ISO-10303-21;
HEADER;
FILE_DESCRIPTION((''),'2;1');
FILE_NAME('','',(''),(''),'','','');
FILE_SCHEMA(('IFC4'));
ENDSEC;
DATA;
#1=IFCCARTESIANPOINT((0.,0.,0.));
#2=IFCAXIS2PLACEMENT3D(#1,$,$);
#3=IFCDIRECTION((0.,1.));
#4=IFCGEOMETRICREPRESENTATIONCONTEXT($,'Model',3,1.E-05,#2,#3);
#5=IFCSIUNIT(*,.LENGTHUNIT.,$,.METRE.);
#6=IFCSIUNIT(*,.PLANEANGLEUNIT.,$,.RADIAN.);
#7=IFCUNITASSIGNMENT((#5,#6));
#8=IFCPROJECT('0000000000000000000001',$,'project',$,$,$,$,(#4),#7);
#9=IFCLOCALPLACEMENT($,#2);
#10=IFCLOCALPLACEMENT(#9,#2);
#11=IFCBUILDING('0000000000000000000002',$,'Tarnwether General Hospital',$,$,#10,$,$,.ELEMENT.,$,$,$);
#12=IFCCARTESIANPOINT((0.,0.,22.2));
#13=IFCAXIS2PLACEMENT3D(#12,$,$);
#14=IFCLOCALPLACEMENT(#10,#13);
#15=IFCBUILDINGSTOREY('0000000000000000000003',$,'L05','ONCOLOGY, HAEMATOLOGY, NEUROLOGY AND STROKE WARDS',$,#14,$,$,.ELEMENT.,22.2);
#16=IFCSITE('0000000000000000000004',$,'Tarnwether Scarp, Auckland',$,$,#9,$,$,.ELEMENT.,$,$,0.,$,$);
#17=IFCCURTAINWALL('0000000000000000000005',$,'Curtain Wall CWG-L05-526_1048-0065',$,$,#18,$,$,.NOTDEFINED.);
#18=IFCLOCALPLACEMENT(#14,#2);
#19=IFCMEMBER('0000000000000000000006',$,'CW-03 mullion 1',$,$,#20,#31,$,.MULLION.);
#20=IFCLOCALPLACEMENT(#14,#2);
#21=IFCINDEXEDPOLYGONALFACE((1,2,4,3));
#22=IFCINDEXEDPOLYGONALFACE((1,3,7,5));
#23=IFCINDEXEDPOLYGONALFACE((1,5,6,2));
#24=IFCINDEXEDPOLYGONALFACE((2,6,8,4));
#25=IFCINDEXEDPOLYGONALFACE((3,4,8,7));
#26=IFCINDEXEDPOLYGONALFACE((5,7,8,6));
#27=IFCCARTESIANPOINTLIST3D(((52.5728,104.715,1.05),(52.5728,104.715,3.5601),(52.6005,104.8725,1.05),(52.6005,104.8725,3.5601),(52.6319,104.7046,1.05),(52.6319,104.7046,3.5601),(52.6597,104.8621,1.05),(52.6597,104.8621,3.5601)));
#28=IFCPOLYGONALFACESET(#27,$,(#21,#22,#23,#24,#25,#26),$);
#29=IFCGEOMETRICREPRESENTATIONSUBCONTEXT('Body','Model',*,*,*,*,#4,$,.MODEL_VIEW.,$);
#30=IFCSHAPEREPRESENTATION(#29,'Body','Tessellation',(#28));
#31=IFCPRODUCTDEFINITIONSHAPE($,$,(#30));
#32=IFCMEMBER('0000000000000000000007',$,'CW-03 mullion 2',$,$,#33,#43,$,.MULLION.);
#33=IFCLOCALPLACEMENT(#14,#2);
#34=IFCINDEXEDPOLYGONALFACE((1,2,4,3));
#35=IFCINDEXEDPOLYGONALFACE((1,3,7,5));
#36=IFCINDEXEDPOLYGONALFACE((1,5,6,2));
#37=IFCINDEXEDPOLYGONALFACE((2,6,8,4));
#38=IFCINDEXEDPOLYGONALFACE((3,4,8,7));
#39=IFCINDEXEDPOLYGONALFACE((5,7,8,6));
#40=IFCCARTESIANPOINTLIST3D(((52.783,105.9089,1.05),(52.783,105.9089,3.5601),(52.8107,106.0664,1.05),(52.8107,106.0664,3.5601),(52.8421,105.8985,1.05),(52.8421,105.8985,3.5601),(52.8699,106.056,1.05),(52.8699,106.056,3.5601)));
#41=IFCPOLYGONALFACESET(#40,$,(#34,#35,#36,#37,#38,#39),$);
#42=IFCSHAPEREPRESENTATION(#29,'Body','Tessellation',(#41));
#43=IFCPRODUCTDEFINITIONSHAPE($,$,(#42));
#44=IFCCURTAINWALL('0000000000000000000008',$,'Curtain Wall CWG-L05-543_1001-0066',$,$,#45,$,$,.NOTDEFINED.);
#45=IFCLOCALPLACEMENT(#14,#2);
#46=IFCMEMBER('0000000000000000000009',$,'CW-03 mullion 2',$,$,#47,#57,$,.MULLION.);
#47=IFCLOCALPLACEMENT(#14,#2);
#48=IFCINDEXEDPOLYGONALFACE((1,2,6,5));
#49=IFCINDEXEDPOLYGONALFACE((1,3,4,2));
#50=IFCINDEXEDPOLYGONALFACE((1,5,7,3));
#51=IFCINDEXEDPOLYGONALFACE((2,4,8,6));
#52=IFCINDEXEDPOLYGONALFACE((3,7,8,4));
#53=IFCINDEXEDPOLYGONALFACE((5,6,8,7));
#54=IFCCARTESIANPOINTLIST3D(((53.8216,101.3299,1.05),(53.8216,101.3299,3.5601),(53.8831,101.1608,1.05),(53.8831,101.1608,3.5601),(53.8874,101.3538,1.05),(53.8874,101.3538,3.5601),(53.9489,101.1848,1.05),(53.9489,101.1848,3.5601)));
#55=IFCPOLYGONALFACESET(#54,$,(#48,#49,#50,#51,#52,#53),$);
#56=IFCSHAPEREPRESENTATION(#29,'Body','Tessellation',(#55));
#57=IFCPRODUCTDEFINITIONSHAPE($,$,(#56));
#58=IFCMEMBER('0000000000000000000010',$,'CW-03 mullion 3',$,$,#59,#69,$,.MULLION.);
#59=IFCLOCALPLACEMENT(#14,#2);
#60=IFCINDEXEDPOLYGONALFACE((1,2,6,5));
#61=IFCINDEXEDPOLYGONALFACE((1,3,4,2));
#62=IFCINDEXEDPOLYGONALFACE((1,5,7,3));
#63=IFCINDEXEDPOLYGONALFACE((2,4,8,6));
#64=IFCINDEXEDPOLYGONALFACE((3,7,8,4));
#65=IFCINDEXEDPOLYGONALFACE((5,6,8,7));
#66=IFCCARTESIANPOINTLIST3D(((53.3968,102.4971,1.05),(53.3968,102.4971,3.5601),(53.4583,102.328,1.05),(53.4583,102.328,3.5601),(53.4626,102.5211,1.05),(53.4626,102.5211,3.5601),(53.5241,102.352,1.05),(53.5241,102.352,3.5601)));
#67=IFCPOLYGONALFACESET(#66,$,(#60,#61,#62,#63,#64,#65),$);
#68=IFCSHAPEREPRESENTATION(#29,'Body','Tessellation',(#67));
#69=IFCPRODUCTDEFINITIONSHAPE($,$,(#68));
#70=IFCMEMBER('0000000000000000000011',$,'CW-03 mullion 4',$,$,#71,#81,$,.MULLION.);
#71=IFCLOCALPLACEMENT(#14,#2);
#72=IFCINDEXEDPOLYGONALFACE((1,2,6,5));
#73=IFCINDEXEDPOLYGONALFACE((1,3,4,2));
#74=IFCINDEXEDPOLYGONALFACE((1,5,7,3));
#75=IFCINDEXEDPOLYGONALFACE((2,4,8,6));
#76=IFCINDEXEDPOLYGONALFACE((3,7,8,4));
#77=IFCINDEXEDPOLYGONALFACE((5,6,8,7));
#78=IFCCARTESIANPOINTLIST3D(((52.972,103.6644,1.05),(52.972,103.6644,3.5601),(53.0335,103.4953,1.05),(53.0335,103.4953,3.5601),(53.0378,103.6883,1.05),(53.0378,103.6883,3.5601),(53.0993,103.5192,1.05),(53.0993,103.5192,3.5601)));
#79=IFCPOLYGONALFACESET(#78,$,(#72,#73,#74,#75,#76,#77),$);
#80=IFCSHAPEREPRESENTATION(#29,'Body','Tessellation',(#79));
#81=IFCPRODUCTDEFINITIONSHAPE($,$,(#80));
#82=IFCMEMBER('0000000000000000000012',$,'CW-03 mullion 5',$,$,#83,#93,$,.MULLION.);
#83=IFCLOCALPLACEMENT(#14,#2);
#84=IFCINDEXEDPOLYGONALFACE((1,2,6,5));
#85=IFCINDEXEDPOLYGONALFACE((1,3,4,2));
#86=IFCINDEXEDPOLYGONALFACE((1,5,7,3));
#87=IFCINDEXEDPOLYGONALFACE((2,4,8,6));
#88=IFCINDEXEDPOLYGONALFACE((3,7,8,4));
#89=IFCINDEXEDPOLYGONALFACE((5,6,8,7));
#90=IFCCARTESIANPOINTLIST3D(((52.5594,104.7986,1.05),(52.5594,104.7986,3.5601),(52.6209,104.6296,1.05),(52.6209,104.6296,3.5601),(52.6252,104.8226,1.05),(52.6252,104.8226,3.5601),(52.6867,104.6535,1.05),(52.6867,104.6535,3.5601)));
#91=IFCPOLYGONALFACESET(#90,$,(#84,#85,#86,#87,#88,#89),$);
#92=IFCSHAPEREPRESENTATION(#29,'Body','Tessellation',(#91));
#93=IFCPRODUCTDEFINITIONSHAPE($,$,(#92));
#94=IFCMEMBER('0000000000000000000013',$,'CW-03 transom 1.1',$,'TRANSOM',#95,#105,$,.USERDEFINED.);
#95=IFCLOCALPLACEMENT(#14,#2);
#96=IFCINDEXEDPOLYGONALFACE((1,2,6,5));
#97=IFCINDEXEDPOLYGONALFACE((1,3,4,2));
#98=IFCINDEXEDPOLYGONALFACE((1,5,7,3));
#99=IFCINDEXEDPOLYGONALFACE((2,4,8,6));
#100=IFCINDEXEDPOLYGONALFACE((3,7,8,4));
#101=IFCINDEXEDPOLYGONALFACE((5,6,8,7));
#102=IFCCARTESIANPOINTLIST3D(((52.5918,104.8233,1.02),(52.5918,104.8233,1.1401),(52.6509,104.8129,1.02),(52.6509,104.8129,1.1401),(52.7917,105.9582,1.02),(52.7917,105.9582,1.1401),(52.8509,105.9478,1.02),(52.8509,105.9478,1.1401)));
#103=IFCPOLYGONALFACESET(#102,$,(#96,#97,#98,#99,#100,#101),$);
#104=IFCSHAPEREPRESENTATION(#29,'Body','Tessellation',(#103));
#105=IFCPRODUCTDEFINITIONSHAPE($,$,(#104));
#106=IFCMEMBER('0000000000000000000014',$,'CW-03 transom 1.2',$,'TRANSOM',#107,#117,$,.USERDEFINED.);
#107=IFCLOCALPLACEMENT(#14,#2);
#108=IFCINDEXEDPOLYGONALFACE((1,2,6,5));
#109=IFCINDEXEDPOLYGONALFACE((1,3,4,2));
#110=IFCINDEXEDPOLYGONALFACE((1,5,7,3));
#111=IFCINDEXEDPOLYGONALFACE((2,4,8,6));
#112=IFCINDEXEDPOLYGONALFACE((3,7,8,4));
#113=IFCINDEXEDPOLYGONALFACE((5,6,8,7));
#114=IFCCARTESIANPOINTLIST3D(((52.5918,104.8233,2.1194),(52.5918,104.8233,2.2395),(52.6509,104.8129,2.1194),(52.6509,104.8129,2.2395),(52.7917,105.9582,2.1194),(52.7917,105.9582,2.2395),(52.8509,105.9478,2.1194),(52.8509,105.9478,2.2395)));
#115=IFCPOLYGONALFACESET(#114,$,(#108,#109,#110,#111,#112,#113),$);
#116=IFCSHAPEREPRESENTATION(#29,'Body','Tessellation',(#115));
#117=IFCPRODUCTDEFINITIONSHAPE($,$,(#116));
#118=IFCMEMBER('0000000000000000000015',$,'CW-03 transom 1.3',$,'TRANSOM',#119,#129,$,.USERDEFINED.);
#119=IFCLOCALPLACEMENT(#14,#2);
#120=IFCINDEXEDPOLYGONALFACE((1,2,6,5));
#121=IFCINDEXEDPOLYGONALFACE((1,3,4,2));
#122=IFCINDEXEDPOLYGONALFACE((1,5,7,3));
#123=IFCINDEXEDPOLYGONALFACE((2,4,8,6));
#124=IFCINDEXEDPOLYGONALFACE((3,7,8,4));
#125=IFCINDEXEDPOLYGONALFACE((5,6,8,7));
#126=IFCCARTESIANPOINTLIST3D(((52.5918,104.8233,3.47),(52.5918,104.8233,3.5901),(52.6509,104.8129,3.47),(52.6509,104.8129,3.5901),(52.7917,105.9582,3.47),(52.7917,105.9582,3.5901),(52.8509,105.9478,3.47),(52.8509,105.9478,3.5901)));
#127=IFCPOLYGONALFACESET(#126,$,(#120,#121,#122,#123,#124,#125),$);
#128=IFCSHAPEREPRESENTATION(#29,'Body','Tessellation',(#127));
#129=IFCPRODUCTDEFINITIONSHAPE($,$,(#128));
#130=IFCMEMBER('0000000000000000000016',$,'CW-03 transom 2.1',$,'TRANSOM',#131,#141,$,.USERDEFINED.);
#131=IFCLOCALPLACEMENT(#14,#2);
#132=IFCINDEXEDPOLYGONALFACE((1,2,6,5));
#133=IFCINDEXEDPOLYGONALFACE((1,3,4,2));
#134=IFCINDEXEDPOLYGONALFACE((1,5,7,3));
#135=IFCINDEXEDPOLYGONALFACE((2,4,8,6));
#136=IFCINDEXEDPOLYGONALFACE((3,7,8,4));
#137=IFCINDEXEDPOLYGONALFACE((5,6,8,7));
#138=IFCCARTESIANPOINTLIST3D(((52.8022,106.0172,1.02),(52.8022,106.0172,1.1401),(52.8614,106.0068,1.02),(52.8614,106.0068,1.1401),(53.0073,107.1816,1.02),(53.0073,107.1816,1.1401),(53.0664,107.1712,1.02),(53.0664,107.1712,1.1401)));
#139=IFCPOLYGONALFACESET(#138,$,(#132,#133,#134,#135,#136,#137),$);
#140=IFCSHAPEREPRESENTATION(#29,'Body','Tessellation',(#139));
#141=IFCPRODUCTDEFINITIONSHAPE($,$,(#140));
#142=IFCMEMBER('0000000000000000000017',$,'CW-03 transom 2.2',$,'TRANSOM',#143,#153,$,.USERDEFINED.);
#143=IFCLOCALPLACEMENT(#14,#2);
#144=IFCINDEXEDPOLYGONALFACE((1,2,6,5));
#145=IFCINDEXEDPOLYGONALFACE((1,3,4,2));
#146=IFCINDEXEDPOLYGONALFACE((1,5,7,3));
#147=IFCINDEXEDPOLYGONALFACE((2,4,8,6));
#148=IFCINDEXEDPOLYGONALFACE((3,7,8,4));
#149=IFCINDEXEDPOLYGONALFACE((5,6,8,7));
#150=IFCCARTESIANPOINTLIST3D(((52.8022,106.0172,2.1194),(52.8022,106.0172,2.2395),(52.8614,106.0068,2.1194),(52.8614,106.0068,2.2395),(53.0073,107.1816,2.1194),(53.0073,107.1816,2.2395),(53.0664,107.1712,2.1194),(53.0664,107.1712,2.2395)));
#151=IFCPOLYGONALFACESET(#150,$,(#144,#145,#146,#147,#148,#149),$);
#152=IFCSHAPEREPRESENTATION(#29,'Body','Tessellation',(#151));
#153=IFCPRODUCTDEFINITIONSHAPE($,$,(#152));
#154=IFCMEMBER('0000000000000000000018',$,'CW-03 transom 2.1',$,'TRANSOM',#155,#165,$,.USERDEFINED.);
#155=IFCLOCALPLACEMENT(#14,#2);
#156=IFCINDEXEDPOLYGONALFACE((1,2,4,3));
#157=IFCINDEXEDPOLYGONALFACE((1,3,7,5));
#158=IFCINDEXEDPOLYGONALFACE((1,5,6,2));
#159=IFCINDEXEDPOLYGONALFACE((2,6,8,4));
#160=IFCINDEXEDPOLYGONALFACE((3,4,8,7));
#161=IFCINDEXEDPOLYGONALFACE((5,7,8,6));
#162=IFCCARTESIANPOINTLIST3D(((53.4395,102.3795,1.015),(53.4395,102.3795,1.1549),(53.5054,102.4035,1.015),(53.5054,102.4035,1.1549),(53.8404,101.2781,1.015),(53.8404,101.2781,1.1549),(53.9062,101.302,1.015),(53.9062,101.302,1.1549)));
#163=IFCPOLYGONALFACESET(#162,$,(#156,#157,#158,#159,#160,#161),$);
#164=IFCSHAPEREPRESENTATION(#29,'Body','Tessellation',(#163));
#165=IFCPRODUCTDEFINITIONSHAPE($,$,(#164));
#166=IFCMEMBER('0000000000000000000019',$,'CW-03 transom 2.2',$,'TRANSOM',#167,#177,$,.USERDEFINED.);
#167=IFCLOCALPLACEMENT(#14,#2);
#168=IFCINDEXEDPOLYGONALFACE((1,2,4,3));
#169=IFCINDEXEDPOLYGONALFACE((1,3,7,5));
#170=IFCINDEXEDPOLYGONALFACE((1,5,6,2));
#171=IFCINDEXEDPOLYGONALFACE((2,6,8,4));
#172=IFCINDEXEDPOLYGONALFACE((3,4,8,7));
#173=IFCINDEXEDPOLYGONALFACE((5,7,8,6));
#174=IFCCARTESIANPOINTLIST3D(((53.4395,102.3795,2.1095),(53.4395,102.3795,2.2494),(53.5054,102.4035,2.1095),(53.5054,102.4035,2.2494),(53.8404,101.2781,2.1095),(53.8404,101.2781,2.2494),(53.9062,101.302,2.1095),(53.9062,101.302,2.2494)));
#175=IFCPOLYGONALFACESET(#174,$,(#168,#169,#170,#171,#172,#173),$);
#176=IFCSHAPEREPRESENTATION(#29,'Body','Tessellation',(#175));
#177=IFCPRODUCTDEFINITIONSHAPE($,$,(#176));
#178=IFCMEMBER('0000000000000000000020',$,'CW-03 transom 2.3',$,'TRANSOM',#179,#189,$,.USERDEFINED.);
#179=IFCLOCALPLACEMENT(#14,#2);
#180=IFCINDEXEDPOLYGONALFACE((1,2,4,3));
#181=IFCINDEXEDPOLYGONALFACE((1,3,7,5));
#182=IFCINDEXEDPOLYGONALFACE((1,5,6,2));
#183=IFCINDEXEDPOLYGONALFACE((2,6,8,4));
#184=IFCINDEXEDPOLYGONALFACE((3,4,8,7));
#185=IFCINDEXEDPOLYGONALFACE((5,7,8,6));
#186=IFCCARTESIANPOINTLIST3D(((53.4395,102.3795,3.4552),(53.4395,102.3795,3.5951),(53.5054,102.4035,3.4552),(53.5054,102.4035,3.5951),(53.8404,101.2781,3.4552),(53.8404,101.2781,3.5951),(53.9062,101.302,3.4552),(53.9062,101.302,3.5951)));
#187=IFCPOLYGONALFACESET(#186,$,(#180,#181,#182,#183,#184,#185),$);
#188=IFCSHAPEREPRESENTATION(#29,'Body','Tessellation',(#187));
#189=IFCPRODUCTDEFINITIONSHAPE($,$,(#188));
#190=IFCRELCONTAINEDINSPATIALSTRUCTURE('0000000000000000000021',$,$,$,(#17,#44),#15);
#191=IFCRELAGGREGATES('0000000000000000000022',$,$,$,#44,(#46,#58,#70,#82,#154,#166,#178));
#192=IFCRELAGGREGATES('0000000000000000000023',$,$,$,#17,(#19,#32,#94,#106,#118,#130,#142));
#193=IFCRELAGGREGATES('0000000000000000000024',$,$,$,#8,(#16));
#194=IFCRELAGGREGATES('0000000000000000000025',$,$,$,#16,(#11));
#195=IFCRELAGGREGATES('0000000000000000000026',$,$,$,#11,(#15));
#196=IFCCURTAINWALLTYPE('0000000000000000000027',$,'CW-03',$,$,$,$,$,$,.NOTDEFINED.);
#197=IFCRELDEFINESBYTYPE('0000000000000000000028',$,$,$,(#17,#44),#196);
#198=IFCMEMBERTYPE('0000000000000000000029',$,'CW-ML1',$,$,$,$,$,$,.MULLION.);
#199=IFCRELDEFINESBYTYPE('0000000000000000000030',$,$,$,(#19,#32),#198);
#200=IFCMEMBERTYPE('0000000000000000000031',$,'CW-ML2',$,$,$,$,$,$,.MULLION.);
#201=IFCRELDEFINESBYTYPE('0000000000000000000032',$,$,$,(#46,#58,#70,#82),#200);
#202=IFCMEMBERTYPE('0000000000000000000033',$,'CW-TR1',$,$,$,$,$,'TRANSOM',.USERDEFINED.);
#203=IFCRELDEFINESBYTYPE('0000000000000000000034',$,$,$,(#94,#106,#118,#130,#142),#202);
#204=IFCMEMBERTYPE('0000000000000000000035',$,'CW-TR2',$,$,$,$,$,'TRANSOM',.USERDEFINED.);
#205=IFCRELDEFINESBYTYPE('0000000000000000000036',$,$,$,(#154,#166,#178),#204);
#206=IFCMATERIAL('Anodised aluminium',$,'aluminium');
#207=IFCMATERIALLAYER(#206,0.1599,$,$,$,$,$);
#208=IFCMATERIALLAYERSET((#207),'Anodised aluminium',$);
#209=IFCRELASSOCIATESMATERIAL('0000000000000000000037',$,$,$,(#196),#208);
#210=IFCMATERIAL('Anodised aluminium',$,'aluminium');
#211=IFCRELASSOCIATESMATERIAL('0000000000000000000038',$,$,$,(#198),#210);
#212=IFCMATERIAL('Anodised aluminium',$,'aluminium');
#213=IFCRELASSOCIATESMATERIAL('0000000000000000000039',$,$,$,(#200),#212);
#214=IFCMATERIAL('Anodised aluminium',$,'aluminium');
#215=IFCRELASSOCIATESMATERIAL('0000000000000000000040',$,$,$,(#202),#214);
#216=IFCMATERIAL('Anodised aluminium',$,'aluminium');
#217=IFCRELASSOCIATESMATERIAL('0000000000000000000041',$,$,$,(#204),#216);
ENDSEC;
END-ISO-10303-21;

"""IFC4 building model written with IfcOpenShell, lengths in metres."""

from ifc_helpers import new_model, si_unit, direction, frame, origin, origin_2d, place, context, subcontext, project, spatial, rectangle, extrude, material, layer, layer_set, material_profile, profile_set, type_object, element, aggregate, save


model = new_model("IFC4")

# Units and contexts
model_context = context("Model", 3, precision=1e-05, world=origin(), true_north=direction((0.0, 1.0)))
body_context = subcontext(model_context, "Body", "Model", "MODEL_VIEW")
ifc_project = project(units=[si_unit("LENGTHUNIT", "METRE"), si_unit("PLANEANGLEUNIT", "RADIAN")], contexts=[model_context])

# Site, building, storey
site_placement = place(None, origin())
site = spatial("IfcSite", under=ifc_project, at=site_placement, Name="Tarnwether Scarp, Auckland", CompositionType="ELEMENT", RefElevation=0.0)
building_placement = place(site_placement, origin())
building = spatial("IfcBuilding", under=site, at=building_placement, Name="Tarnwether General Hospital", CompositionType="ELEMENT")
storey_placement = place(building_placement, frame((0.0, 0.0, 22.2)))
storey = spatial("IfcBuildingStorey", under=building, at=storey_placement, Name="L05", Description="ONCOLOGY, HAEMATOLOGY, NEUROLOGY AND STROKE WARDS", CompositionType="ELEMENT", Elevation=22.2)

# Curtain walls, members
ifc_material_1 = material(Name="Anodised aluminium", Category="aluminium")
ifc_layer_1 = layer(ifc_material_1, 0.1599)
ifc_layer_set_1 = layer_set([ifc_layer_1], Name="Anodised aluminium")
curtain_wall_type = type_object("IfcCurtainWallType", Name="CW-03", PredefinedType="NOTDEFINED", material=ifc_layer_set_1)
curtain_wall_1_placement = place(storey_placement, origin())
curtain_wall_1 = element("IfcCurtainWall", 1, at=curtain_wall_1_placement, inside=storey, type_object=curtain_wall_type, Name="Curtain Wall CWG-L05-526_1048-0065", PredefinedType="NOTDEFINED")
ifc_material_2 = material(Name="Anodised aluminium", Category="aluminium")
ifc_material_profile_1 = material_profile(ifc_material_2, rectangle(XDim=0.0601, YDim=0.1599, at=origin_2d()), Name="ALU-MUL-60x160")
ifc_profile_set_1 = profile_set([ifc_material_profile_1], Name="Anodised aluminium")
member_type_1 = type_object("IfcMemberType", Name="CW-ML1", PredefinedType="MULLION", material=ifc_profile_set_1)
member_1_placement = place(storey_placement, frame((52.6162, 104.7886, 1.05), z_axis=(0.0, 0.0, 1.0), x_axis=(-0.98484, 0.173464, 0.0)))
member_1 = element("IfcMember", 2, at=member_1_placement, type_object=member_type_1, Name="CW-03 mullion 1", PredefinedType="MULLION", context=body_context, shape_type="SweptSolid", body=[
    extrude(rectangle(XDim=0.0601, YDim=0.1599, at=origin_2d()), origin(), (0.0, 0.0, 1.0), 2.51),
])
member_2_placement = place(storey_placement, frame((52.8264, 105.9824, 1.05), z_axis=(0.0, 0.0, 1.0), x_axis=(-0.98484, 0.173464, 0.0)))
member_2 = element("IfcMember", 3, at=member_2_placement, type_object=member_type_1, Name="CW-03 mullion 2", PredefinedType="MULLION", context=body_context, shape_type="SweptSolid", body=[
    extrude(rectangle(XDim=0.0601, YDim=0.1599, at=origin_2d()), origin(), (0.0, 0.0, 1.0), 2.51),
])
curtain_wall_2_placement = place(storey_placement, origin())
curtain_wall_2 = element("IfcCurtainWall", 4, at=curtain_wall_2_placement, inside=storey, type_object=curtain_wall_type, Name="Curtain Wall CWG-L05-543_1001-0066", PredefinedType="NOTDEFINED")
ifc_material_3 = material(Name="Anodised aluminium", Category="aluminium")
ifc_material_profile_2 = material_profile(ifc_material_3, rectangle(XDim=0.0701, YDim=0.1799, at=origin_2d()), Name="ALU-MUL-70x180")
ifc_profile_set_2 = profile_set([ifc_material_profile_2], Name="Anodised aluminium")
member_type_2 = type_object("IfcMemberType", Name="CW-ML2", PredefinedType="MULLION", material=ifc_profile_set_2)
member_3_placement = place(storey_placement, frame((53.8853, 101.2573, 1.05), z_axis=(0.0, 0.0, 1.0), x_axis=(-0.939717, -0.341953, 0.0)))
member_3 = element("IfcMember", 5, at=member_3_placement, type_object=member_type_2, Name="CW-03 mullion 2", PredefinedType="MULLION", context=body_context, shape_type="SweptSolid", body=[
    extrude(rectangle(XDim=0.0701, YDim=0.1799, at=origin_2d()), origin(), (0.0, 0.0, 1.0), 2.51),
])
member_4_placement = place(storey_placement, frame((53.4604, 102.4246, 1.05), z_axis=(0.0, 0.0, 1.0), x_axis=(-0.939717, -0.341953, 0.0)))
member_4 = element("IfcMember", 6, at=member_4_placement, type_object=member_type_2, Name="CW-03 mullion 3", PredefinedType="MULLION", context=body_context, shape_type="SweptSolid", body=[
    extrude(rectangle(XDim=0.0701, YDim=0.1799, at=origin_2d()), origin(), (0.0, 0.0, 1.0), 2.51),
])
member_5_placement = place(storey_placement, frame((53.0356, 103.5918, 1.05), z_axis=(0.0, 0.0, 1.0), x_axis=(-0.939717, -0.341953, 0.0)))
member_5 = element("IfcMember", 7, at=member_5_placement, type_object=member_type_2, Name="CW-03 mullion 4", PredefinedType="MULLION", context=body_context, shape_type="SweptSolid", body=[
    extrude(rectangle(XDim=0.0701, YDim=0.1799, at=origin_2d()), origin(), (0.0, 0.0, 1.0), 2.51),
])
member_6_placement = place(storey_placement, frame((52.623, 104.7261, 1.05), z_axis=(0.0, 0.0, 1.0), x_axis=(-0.939717, -0.341953, 0.0)))
member_6 = element("IfcMember", 8, at=member_6_placement, type_object=member_type_2, Name="CW-03 mullion 5", PredefinedType="MULLION", context=body_context, shape_type="SweptSolid", body=[
    extrude(rectangle(XDim=0.0701, YDim=0.1799, at=origin_2d()), origin(), (0.0, 0.0, 1.0), 2.51),
])

# Members
ifc_material_4 = material(Name="Anodised aluminium", Category="aluminium")
ifc_material_profile_3 = material_profile(ifc_material_4, rectangle(XDim=0.0601, YDim=0.1201, at=origin_2d()), Name="ALU-TRN-60x120")
ifc_profile_set_3 = profile_set([ifc_material_profile_3], Name="Anodised aluminium")
member_type_3 = type_object("IfcMemberType", Name="CW-TR1", ElementType="TRANSOM", PredefinedType="USERDEFINED", material=ifc_profile_set_3)
member_7_placement = place(storey_placement, frame((52.6213, 104.8181, 1.0801), z_axis=(0.173531, 0.984828, 0.0), x_axis=(-0.984828, 0.173531, 0.0)))
member_7 = element("IfcMember", 9, at=member_7_placement, type_object=member_type_3, Name="CW-03 transom 1.1", ObjectType="TRANSOM", PredefinedType="USERDEFINED", context=body_context, shape_type="SweptSolid", body=[
    extrude(rectangle(XDim=0.0601, YDim=0.1201, at=origin_2d()), origin(), (0.0, 0.0, 1.0), 1.1523),
])
member_8_placement = place(storey_placement, frame((52.6213, 104.8181, 2.1794), z_axis=(0.173531, 0.984828, 0.0), x_axis=(-0.984828, 0.173531, 0.0)))
member_8 = element("IfcMember", 10, at=member_8_placement, type_object=member_type_3, Name="CW-03 transom 1.2", ObjectType="TRANSOM", PredefinedType="USERDEFINED", context=body_context, shape_type="SweptSolid", body=[
    extrude(rectangle(XDim=0.0601, YDim=0.1201, at=origin_2d()), origin(), (0.0, 0.0, 1.0), 1.1523),
])
member_9_placement = place(storey_placement, frame((52.6213, 104.8181, 3.53), z_axis=(0.173531, 0.984828, 0.0), x_axis=(-0.984828, 0.173531, 0.0)))
member_9 = element("IfcMember", 11, at=member_9_placement, type_object=member_type_3, Name="CW-03 transom 1.3", ObjectType="TRANSOM", PredefinedType="USERDEFINED", context=body_context, shape_type="SweptSolid", body=[
    extrude(rectangle(XDim=0.0601, YDim=0.1201, at=origin_2d()), origin(), (0.0, 0.0, 1.0), 1.1523),
])
member_10_placement = place(storey_placement, frame((52.8318, 106.012, 1.0801), z_axis=(0.173432, 0.984846, 0.0), x_axis=(-0.984846, 0.173432, 0.0)))
member_10 = element("IfcMember", 12, at=member_10_placement, type_object=member_type_3, Name="CW-03 transom 2.1", ObjectType="TRANSOM", PredefinedType="USERDEFINED", context=body_context, shape_type="SweptSolid", body=[
    extrude(rectangle(XDim=0.0601, YDim=0.1201, at=origin_2d()), origin(), (0.0, 0.0, 1.0), 1.1824),
])
member_11_placement = place(storey_placement, frame((52.8318, 106.012, 2.1794), z_axis=(0.173432, 0.984846, 0.0), x_axis=(-0.984846, 0.173432, 0.0)))
member_11 = element("IfcMember", 13, at=member_11_placement, type_object=member_type_3, Name="CW-03 transom 2.2", ObjectType="TRANSOM", PredefinedType="USERDEFINED", context=body_context, shape_type="SweptSolid", body=[
    extrude(rectangle(XDim=0.0601, YDim=0.1201, at=origin_2d()), origin(), (0.0, 0.0, 1.0), 1.1824),
])
ifc_material_5 = material(Name="Anodised aluminium", Category="aluminium")
ifc_material_profile_4 = material_profile(ifc_material_5, rectangle(XDim=0.0701, YDim=0.1399, at=origin_2d()), Name="ALU-TRN-70x140")
ifc_profile_set_4 = profile_set([ifc_material_profile_4], Name="Anodised aluminium")
member_type_4 = type_object("IfcMemberType", Name="CW-TR2", ElementType="TRANSOM", PredefinedType="USERDEFINED", material=ifc_profile_set_4)
member_12_placement = place(storey_placement, frame((53.8733, 101.29, 1.085), z_axis=(-0.341977, 0.939708, 0.0), x_axis=(-0.939708, -0.341977, 0.0)))
member_12 = element("IfcMember", 14, at=member_12_placement, type_object=member_type_4, Name="CW-03 transom 2.1", ObjectType="TRANSOM", PredefinedType="USERDEFINED", context=body_context, shape_type="SweptSolid", body=[
    extrude(rectangle(XDim=0.0701, YDim=0.1399, at=origin_2d()), origin(), (0.0, 0.0, 1.0), 1.1721),
])
member_13_placement = place(storey_placement, frame((53.8733, 101.29, 2.1794), z_axis=(-0.341977, 0.939708, 0.0), x_axis=(-0.939708, -0.341977, 0.0)))
member_13 = element("IfcMember", 15, at=member_13_placement, type_object=member_type_4, Name="CW-03 transom 2.2", ObjectType="TRANSOM", PredefinedType="USERDEFINED", context=body_context, shape_type="SweptSolid", body=[
    extrude(rectangle(XDim=0.0701, YDim=0.1399, at=origin_2d()), origin(), (0.0, 0.0, 1.0), 1.1721),
])
member_14_placement = place(storey_placement, frame((53.8733, 101.29, 3.5251), z_axis=(-0.341977, 0.939708, 0.0), x_axis=(-0.939708, -0.341977, 0.0)))
member_14 = element("IfcMember", 16, at=member_14_placement, type_object=member_type_4, Name="CW-03 transom 2.3", ObjectType="TRANSOM", PredefinedType="USERDEFINED", context=body_context, shape_type="SweptSolid", body=[
    extrude(rectangle(XDim=0.0701, YDim=0.1399, at=origin_2d()), origin(), (0.0, 0.0, 1.0), 1.1721),
])

aggregate(curtain_wall_2, [member_3, member_4, member_5, member_6, member_12, member_13, member_14])
aggregate(curtain_wall_1, [member_1, member_2, member_7, member_8, member_9, member_10, member_11])

save(model, "model.ifc")
